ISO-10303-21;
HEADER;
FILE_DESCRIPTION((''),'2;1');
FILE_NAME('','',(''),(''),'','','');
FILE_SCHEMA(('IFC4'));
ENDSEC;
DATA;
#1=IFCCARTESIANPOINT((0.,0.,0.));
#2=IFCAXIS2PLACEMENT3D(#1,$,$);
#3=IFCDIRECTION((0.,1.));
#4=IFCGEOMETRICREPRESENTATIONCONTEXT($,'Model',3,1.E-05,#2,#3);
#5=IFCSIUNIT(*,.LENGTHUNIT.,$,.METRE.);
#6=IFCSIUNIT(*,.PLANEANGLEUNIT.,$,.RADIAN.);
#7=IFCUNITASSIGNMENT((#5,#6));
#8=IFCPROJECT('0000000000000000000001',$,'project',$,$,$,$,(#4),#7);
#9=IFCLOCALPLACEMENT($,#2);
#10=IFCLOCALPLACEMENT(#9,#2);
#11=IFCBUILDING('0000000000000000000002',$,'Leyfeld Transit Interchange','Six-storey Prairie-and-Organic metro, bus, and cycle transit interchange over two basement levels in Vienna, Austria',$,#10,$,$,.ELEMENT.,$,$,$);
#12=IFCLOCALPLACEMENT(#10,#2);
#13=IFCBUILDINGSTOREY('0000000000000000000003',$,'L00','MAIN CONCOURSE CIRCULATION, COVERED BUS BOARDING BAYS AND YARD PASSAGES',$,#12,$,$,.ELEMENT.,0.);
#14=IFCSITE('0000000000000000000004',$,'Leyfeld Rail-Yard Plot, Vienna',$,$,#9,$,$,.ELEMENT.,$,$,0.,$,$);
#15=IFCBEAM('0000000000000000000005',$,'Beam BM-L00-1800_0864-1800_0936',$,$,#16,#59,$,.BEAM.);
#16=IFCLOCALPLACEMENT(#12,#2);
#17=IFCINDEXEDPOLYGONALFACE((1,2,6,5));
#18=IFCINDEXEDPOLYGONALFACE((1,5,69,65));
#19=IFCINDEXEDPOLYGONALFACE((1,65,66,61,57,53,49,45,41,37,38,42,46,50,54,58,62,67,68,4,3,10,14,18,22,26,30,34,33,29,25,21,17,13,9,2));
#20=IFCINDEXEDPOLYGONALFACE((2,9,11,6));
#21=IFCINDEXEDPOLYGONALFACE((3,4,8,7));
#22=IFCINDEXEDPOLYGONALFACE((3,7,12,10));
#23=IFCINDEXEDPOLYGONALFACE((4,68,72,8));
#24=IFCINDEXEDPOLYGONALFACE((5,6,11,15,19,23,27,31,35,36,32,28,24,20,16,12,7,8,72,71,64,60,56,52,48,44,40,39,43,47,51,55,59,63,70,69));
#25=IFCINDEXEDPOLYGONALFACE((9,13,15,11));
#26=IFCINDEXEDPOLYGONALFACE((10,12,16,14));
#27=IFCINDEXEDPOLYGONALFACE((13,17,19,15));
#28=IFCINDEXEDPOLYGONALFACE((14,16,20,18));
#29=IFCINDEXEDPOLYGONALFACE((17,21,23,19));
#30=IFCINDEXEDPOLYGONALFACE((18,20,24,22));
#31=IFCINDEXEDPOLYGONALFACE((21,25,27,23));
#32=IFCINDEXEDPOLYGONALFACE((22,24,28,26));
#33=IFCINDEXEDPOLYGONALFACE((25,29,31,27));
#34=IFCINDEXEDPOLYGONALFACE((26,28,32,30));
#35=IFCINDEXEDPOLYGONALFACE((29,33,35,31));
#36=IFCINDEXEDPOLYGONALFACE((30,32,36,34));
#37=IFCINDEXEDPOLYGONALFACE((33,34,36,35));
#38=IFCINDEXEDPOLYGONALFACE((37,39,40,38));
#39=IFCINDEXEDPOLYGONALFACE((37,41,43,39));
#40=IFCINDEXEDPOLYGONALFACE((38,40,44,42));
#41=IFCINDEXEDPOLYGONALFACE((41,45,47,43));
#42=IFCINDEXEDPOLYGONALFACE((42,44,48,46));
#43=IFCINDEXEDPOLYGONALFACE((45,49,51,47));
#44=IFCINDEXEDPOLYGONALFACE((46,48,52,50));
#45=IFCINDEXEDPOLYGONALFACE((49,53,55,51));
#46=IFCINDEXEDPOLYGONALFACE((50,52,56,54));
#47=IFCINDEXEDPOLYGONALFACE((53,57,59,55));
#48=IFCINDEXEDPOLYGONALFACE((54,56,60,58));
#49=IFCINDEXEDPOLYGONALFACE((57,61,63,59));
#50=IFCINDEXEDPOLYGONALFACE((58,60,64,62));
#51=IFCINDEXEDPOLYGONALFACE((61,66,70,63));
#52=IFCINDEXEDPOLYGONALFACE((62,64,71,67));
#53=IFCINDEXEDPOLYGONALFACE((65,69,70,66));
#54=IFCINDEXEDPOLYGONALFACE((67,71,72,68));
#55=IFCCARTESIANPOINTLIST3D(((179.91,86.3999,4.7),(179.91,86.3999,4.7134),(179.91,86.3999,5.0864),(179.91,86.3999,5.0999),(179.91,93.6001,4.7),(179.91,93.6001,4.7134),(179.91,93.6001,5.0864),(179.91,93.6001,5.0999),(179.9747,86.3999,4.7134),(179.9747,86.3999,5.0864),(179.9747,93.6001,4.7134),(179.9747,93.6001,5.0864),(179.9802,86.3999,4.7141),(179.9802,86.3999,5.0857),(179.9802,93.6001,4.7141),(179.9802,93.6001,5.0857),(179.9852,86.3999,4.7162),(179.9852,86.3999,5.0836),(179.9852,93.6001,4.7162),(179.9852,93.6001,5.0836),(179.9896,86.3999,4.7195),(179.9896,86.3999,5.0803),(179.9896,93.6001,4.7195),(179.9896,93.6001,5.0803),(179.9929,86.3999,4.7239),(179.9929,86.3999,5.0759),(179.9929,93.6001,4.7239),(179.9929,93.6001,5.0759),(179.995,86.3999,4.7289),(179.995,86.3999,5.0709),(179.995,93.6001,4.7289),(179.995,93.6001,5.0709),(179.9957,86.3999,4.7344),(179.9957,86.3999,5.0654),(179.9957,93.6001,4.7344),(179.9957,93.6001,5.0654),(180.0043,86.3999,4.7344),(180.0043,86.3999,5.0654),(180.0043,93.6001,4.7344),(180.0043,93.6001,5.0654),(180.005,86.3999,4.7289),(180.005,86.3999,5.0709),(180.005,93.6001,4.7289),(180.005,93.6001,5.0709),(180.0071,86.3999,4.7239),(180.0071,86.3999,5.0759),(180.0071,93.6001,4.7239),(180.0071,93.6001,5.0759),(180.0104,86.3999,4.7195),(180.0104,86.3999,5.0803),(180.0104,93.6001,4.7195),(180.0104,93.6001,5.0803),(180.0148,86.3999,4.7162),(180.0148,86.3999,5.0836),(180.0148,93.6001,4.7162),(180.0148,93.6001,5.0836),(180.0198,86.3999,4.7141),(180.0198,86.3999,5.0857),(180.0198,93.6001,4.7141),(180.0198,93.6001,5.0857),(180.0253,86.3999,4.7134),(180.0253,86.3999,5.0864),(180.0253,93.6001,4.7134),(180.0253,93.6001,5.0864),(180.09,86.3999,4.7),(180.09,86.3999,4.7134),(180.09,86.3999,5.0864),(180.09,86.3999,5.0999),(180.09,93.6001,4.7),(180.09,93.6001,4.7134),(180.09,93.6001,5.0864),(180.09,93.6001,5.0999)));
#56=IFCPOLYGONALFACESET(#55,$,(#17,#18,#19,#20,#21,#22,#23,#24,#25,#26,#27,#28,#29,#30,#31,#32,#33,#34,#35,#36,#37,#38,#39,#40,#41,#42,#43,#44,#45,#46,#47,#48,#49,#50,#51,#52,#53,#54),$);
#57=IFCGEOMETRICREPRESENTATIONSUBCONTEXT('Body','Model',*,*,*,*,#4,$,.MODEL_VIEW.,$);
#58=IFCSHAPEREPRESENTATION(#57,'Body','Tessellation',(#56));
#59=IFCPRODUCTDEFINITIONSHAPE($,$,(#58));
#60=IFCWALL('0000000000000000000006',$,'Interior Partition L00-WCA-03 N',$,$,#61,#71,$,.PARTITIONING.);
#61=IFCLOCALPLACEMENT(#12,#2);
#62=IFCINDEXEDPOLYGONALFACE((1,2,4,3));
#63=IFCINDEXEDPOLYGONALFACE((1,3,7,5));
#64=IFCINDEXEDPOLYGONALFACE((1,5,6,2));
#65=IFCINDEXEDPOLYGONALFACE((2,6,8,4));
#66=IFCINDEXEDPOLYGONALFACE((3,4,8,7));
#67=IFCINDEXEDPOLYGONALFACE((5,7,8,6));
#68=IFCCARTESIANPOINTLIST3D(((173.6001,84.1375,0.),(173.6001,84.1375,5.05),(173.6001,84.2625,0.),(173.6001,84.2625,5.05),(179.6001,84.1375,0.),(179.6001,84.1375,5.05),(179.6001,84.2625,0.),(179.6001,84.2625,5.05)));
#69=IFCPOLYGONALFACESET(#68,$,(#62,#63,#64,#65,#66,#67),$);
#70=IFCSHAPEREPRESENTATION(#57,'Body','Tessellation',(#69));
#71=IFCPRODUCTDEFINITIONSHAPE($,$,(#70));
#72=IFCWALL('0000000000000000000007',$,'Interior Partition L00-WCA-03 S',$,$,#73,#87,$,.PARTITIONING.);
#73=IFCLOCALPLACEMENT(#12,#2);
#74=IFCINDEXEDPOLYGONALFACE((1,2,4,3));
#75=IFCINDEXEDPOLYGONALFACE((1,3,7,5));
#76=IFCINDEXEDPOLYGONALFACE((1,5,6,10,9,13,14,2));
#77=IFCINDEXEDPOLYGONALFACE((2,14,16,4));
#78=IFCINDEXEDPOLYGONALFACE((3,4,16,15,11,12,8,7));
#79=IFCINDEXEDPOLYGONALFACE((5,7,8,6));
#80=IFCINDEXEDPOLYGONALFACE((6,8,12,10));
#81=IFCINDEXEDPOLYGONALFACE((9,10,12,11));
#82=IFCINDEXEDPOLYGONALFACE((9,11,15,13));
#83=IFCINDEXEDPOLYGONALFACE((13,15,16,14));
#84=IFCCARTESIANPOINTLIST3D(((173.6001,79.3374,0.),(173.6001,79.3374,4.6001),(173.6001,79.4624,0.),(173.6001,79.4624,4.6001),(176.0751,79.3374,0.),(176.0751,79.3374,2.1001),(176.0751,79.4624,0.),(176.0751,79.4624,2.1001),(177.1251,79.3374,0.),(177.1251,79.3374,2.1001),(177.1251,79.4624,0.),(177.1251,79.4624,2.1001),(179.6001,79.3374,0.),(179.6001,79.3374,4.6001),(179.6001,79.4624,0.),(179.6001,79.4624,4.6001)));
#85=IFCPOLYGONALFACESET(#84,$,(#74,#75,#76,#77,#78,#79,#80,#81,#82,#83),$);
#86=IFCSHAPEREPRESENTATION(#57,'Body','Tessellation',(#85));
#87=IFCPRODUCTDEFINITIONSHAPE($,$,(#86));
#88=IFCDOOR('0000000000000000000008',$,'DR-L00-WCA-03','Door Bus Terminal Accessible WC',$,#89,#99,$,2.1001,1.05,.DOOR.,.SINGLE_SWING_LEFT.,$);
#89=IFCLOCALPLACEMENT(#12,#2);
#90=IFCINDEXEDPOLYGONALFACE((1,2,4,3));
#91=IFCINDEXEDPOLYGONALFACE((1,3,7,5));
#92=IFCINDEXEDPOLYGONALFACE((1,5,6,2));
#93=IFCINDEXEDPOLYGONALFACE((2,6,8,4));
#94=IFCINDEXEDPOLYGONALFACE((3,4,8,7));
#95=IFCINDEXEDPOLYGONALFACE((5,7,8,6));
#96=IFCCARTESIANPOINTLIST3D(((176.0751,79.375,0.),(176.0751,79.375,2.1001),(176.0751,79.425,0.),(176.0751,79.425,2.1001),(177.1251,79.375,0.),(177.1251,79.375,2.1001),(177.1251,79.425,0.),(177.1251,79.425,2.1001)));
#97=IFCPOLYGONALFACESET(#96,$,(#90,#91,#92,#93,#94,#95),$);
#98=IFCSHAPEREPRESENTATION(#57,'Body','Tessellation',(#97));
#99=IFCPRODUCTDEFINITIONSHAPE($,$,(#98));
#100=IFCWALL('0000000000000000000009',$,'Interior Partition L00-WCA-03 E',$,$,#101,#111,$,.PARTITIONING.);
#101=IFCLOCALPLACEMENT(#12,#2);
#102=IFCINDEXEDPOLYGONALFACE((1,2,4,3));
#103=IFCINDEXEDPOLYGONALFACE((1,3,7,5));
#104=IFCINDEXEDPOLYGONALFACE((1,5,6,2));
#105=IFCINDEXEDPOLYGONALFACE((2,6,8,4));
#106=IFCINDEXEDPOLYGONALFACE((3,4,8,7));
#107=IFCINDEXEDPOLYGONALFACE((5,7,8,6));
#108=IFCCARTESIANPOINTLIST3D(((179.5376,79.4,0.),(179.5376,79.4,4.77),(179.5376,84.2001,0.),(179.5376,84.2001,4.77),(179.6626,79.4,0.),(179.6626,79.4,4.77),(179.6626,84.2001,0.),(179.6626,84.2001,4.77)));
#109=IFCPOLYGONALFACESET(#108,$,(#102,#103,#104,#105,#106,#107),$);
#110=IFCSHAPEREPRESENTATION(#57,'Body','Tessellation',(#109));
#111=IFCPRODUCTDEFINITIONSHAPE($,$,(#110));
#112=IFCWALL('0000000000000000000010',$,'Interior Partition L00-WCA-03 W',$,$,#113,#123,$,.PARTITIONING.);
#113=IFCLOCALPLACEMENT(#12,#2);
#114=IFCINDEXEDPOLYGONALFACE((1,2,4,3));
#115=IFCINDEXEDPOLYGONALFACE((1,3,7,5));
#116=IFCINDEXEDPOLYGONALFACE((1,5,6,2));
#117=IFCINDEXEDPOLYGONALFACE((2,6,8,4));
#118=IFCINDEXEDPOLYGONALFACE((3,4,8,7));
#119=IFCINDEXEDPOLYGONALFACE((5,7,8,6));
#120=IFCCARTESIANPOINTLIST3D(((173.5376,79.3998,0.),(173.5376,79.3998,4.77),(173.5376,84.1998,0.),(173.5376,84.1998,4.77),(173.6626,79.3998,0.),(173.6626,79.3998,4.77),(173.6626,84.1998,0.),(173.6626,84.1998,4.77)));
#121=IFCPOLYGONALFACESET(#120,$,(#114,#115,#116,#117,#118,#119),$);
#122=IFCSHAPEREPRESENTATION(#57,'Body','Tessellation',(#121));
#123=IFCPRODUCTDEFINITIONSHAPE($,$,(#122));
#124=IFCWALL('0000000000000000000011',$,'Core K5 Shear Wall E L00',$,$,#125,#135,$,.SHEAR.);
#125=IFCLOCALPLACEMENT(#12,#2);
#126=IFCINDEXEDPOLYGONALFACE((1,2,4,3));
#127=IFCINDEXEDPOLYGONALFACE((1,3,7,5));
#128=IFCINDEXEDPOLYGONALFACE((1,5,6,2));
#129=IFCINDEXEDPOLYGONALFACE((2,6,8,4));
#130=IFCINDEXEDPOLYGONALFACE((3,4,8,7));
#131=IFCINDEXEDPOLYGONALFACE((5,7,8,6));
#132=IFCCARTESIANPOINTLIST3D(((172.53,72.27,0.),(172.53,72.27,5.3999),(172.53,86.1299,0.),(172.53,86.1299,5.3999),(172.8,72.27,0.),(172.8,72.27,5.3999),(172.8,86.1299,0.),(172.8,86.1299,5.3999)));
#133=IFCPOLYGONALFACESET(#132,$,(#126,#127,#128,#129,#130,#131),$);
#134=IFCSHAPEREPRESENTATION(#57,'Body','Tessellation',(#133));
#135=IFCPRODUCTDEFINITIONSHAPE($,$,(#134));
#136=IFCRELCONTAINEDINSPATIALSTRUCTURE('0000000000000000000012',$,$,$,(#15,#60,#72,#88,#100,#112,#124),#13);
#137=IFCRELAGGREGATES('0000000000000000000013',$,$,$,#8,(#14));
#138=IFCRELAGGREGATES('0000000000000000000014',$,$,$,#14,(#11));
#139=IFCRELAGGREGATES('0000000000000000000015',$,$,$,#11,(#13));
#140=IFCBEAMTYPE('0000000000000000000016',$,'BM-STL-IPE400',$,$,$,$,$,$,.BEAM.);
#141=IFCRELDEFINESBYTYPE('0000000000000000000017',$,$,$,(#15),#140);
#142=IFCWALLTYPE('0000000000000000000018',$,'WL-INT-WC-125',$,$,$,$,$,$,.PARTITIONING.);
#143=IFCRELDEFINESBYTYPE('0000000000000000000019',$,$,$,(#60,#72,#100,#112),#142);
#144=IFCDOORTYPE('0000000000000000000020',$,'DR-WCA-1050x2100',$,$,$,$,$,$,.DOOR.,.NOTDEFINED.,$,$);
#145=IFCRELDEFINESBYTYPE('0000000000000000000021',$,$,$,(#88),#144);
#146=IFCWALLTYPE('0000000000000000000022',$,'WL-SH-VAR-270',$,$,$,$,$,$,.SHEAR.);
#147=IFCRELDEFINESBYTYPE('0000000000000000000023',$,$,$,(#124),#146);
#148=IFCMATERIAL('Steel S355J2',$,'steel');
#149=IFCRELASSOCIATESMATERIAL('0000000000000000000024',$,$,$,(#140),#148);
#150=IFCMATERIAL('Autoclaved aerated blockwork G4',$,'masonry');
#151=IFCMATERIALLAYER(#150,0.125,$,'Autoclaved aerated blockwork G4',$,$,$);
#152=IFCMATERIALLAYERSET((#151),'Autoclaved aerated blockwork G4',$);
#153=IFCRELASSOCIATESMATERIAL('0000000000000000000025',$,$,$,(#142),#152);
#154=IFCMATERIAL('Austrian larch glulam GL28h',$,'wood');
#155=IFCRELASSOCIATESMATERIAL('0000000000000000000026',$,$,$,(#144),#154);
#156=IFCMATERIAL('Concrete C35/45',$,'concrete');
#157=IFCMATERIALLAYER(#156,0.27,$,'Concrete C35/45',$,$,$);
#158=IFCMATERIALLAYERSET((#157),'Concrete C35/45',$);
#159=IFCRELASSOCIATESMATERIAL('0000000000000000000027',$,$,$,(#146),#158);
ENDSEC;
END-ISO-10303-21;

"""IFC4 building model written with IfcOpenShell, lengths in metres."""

from ifc_helpers import new_model, si_unit, direction, frame, frame_2d, origin, origin_2d, place, context, subcontext, project, spatial, rectangle, i_section, extrude, material, layer, layer_set, material_profile, profile_set, type_object, element, fill, save


model = new_model("IFC4")

# Units and contexts
model_context = context("Model", 3, precision=1e-05, world=origin(), true_north=direction((0.0, 1.0)))
body_context = subcontext(model_context, "Body", "Model", "MODEL_VIEW")
ifc_project = project(units=[si_unit("LENGTHUNIT", "METRE"), si_unit("PLANEANGLEUNIT", "RADIAN")], contexts=[model_context])

# Site, building, storey
site_placement = place(None, origin())
site = spatial("IfcSite", under=ifc_project, at=site_placement, Name="Leyfeld Rail-Yard Plot, Vienna", CompositionType="ELEMENT", RefElevation=0.0)
building_placement = place(site_placement, origin())
building = spatial("IfcBuilding", under=site, at=building_placement, Name="Leyfeld Transit Interchange", Description="Six-storey Prairie-and-Organic metro, bus, and cycle transit interchange over two basement levels in Vienna, Austria", CompositionType="ELEMENT")
storey_placement = place(building_placement, origin())
storey = spatial("IfcBuildingStorey", under=building, at=storey_placement, Name="L00", Description="MAIN CONCOURSE CIRCULATION, COVERED BUS BOARDING BAYS AND YARD PASSAGES", CompositionType="ELEMENT", Elevation=0.0)

# Shared definitions
ifc_material_1 = material(Name="Concrete C35/45", Category="concrete")

# Beam
ifc_material_2 = material(Name="Steel S355J2", Category="steel")
ifc_material_profile_1 = material_profile(ifc_material_2, i_section(OverallWidth=0.1799, OverallDepth=0.3999, WebThickness=0.0085, FlangeThickness=0.0134, FilletRadius=0.021, at=origin_2d()), Name="IPE 400")
ifc_profile_set_1 = profile_set([ifc_material_profile_1], Name="Steel S355J2")
beam_type_1 = type_object("IfcBeamType", Name="BM-STL-IPE400", PredefinedType="BEAM", material=ifc_profile_set_1)
for number, where, z_axis, x_axis, name in (
    (1, (180.0, 86.3999, 4.8999), (0.0, 1.0, 0.0), (-1.0, 0.0, 0.0), "Beam BM-L00-1800_0864-1800_0936"),
):
    element("IfcBeam", number, at=place(storey_placement, frame(where, z_axis=z_axis, x_axis=x_axis)), inside=storey, type_object=beam_type_1, Name=name, PredefinedType="BEAM", context=body_context, shape_type="SweptSolid", body=[
        extrude(i_section(OverallWidth=0.1799, OverallDepth=0.3999, WebThickness=0.0085, FlangeThickness=0.0134, FilletRadius=0.021, at=origin_2d()), origin(), (0.0, 0.0, 1.0), 7.2002),
    ])

# Wall
ifc_material_3 = material(Name="Autoclaved aerated blockwork G4", Category="masonry")
ifc_layer_1 = layer(ifc_material_3, 0.125, Name="Autoclaved aerated blockwork G4")
ifc_layer_set_1 = layer_set([ifc_layer_1], Name="Autoclaved aerated blockwork G4")
wall_type_1 = type_object("IfcWallType", Name="WL-INT-WC-125", PredefinedType="PARTITIONING", material=ifc_layer_set_1)
wall_1_placement = place(storey_placement, frame((173.6001, 84.2, 0.0), z_axis=(0.0, 0.0, 1.0), x_axis=(1.0, 0.0, 0.0)))
element("IfcWall", 2, at=wall_1_placement, inside=storey, type_object=wall_type_1, Name="Interior Partition L00-WCA-03 N", PredefinedType="PARTITIONING", context=body_context, shape_type="SweptSolid", body=[
    extrude(rectangle(XDim=6.0, YDim=0.125, at=frame_2d((3.0, 0.0))), origin(), (0.0, 0.0, 1.0), 5.05),
])

# Wall, opening, door
wall_2_placement = place(storey_placement, frame((179.6001, 79.3999, 0.0), z_axis=(0.0, 0.0, 1.0), x_axis=(-1.0, 0.0, 0.0)))
wall_2 = element("IfcWall", 3, at=wall_2_placement, inside=storey, type_object=wall_type_1, Name="Interior Partition L00-WCA-03 S", PredefinedType="PARTITIONING", context=body_context, shape_type="SweptSolid", body=[
    extrude(rectangle(XDim=6.0, YDim=0.125, at=frame_2d((3.0, 0.0))), origin(), (0.0, 0.0, 1.0), 4.6001),
])
opening_placement = place(wall_2_placement, frame((2.4751, 0.0, 0.0)))
opening = element("IfcOpeningElement", 4, at=opening_placement, cuts=wall_2, PredefinedType="OPENING", context=body_context, shape_type="SweptSolid", body=[
    extrude(rectangle(XDim=1.05, YDim=2.1001, at=frame_2d((0.5249, 1.05))), frame((0.0, 0.0725, 0.0), z_axis=(0.0, -1.0, 0.0), x_axis=(1.0, 0.0, 0.0)), (0.0, 0.0, 1.0), 0.145),
])
ifc_material_4 = material(Name="Austrian larch glulam GL28h", Category="wood")
door_type = type_object("IfcDoorType", Name="DR-WCA-1050x2100", OperationType="NOTDEFINED", PredefinedType="DOOR", material=ifc_material_4)
door_placement = place(opening_placement, origin())
door = element("IfcDoor", 5, at=door_placement, inside=storey, type_object=door_type, Name="DR-L00-WCA-03", Description="Door Bus Terminal Accessible WC", OperationType="SINGLE_SWING_LEFT", OverallHeight=2.1001, OverallWidth=1.05, PredefinedType="DOOR", context=body_context, shape_type="SweptSolid", body=[
    extrude(rectangle(XDim=1.05, YDim=2.1001, at=frame_2d((0.5249, 1.05))), frame((0.0, 0.0249, 0.0), z_axis=(0.0, -1.0, 0.0), x_axis=(1.0, 0.0, 0.0)), (0.0, 0.0, 1.0), 0.05),
])
fill(opening, door)

# Walls
for number, where, z_axis, x_axis, name in (
    (6, (179.6001, 84.2, 0.0), (0.0, 0.0, 1.0), (0.0, -1.0, 0.0), "Interior Partition L00-WCA-03 E"),
    (7, (173.6001, 79.3999, 0.0), (0.0, 0.0, 1.0), (0.0, 1.0, 0.0), "Interior Partition L00-WCA-03 W"),
):
    element("IfcWall", number, at=place(storey_placement, frame(where, z_axis=z_axis, x_axis=x_axis)), inside=storey, type_object=wall_type_1, Name=name, PredefinedType="PARTITIONING", context=body_context, shape_type="SweptSolid", body=[
        extrude(rectangle(XDim=4.8, YDim=0.125, at=frame_2d((2.3999, 0.0))), origin(), (0.0, 0.0, 1.0), 4.77),
    ])
ifc_layer_2 = layer(ifc_material_1, 0.27, Name="Concrete C35/45")
ifc_layer_set_2 = layer_set([ifc_layer_2], Name="Concrete C35/45")
wall_type_2 = type_object("IfcWallType", Name="WL-SH-VAR-270", PredefinedType="SHEAR", material=ifc_layer_set_2)
wall_3_placement = place(storey_placement, frame((172.665, 86.1299, 0.0), z_axis=(0.0, 0.0, 1.0), x_axis=(0.0, -1.0, 0.0)))
element("IfcWall", 8, at=wall_3_placement, inside=storey, type_object=wall_type_2, Name="Core K5 Shear Wall E L00", PredefinedType="SHEAR", context=body_context, shape_type="SweptSolid", body=[
    extrude(rectangle(XDim=13.8599, YDim=0.27, at=frame_2d((6.9299, 0.0))), origin(), (0.0, 0.0, 1.0), 5.3999),
])

save(model, "model.ifc")
